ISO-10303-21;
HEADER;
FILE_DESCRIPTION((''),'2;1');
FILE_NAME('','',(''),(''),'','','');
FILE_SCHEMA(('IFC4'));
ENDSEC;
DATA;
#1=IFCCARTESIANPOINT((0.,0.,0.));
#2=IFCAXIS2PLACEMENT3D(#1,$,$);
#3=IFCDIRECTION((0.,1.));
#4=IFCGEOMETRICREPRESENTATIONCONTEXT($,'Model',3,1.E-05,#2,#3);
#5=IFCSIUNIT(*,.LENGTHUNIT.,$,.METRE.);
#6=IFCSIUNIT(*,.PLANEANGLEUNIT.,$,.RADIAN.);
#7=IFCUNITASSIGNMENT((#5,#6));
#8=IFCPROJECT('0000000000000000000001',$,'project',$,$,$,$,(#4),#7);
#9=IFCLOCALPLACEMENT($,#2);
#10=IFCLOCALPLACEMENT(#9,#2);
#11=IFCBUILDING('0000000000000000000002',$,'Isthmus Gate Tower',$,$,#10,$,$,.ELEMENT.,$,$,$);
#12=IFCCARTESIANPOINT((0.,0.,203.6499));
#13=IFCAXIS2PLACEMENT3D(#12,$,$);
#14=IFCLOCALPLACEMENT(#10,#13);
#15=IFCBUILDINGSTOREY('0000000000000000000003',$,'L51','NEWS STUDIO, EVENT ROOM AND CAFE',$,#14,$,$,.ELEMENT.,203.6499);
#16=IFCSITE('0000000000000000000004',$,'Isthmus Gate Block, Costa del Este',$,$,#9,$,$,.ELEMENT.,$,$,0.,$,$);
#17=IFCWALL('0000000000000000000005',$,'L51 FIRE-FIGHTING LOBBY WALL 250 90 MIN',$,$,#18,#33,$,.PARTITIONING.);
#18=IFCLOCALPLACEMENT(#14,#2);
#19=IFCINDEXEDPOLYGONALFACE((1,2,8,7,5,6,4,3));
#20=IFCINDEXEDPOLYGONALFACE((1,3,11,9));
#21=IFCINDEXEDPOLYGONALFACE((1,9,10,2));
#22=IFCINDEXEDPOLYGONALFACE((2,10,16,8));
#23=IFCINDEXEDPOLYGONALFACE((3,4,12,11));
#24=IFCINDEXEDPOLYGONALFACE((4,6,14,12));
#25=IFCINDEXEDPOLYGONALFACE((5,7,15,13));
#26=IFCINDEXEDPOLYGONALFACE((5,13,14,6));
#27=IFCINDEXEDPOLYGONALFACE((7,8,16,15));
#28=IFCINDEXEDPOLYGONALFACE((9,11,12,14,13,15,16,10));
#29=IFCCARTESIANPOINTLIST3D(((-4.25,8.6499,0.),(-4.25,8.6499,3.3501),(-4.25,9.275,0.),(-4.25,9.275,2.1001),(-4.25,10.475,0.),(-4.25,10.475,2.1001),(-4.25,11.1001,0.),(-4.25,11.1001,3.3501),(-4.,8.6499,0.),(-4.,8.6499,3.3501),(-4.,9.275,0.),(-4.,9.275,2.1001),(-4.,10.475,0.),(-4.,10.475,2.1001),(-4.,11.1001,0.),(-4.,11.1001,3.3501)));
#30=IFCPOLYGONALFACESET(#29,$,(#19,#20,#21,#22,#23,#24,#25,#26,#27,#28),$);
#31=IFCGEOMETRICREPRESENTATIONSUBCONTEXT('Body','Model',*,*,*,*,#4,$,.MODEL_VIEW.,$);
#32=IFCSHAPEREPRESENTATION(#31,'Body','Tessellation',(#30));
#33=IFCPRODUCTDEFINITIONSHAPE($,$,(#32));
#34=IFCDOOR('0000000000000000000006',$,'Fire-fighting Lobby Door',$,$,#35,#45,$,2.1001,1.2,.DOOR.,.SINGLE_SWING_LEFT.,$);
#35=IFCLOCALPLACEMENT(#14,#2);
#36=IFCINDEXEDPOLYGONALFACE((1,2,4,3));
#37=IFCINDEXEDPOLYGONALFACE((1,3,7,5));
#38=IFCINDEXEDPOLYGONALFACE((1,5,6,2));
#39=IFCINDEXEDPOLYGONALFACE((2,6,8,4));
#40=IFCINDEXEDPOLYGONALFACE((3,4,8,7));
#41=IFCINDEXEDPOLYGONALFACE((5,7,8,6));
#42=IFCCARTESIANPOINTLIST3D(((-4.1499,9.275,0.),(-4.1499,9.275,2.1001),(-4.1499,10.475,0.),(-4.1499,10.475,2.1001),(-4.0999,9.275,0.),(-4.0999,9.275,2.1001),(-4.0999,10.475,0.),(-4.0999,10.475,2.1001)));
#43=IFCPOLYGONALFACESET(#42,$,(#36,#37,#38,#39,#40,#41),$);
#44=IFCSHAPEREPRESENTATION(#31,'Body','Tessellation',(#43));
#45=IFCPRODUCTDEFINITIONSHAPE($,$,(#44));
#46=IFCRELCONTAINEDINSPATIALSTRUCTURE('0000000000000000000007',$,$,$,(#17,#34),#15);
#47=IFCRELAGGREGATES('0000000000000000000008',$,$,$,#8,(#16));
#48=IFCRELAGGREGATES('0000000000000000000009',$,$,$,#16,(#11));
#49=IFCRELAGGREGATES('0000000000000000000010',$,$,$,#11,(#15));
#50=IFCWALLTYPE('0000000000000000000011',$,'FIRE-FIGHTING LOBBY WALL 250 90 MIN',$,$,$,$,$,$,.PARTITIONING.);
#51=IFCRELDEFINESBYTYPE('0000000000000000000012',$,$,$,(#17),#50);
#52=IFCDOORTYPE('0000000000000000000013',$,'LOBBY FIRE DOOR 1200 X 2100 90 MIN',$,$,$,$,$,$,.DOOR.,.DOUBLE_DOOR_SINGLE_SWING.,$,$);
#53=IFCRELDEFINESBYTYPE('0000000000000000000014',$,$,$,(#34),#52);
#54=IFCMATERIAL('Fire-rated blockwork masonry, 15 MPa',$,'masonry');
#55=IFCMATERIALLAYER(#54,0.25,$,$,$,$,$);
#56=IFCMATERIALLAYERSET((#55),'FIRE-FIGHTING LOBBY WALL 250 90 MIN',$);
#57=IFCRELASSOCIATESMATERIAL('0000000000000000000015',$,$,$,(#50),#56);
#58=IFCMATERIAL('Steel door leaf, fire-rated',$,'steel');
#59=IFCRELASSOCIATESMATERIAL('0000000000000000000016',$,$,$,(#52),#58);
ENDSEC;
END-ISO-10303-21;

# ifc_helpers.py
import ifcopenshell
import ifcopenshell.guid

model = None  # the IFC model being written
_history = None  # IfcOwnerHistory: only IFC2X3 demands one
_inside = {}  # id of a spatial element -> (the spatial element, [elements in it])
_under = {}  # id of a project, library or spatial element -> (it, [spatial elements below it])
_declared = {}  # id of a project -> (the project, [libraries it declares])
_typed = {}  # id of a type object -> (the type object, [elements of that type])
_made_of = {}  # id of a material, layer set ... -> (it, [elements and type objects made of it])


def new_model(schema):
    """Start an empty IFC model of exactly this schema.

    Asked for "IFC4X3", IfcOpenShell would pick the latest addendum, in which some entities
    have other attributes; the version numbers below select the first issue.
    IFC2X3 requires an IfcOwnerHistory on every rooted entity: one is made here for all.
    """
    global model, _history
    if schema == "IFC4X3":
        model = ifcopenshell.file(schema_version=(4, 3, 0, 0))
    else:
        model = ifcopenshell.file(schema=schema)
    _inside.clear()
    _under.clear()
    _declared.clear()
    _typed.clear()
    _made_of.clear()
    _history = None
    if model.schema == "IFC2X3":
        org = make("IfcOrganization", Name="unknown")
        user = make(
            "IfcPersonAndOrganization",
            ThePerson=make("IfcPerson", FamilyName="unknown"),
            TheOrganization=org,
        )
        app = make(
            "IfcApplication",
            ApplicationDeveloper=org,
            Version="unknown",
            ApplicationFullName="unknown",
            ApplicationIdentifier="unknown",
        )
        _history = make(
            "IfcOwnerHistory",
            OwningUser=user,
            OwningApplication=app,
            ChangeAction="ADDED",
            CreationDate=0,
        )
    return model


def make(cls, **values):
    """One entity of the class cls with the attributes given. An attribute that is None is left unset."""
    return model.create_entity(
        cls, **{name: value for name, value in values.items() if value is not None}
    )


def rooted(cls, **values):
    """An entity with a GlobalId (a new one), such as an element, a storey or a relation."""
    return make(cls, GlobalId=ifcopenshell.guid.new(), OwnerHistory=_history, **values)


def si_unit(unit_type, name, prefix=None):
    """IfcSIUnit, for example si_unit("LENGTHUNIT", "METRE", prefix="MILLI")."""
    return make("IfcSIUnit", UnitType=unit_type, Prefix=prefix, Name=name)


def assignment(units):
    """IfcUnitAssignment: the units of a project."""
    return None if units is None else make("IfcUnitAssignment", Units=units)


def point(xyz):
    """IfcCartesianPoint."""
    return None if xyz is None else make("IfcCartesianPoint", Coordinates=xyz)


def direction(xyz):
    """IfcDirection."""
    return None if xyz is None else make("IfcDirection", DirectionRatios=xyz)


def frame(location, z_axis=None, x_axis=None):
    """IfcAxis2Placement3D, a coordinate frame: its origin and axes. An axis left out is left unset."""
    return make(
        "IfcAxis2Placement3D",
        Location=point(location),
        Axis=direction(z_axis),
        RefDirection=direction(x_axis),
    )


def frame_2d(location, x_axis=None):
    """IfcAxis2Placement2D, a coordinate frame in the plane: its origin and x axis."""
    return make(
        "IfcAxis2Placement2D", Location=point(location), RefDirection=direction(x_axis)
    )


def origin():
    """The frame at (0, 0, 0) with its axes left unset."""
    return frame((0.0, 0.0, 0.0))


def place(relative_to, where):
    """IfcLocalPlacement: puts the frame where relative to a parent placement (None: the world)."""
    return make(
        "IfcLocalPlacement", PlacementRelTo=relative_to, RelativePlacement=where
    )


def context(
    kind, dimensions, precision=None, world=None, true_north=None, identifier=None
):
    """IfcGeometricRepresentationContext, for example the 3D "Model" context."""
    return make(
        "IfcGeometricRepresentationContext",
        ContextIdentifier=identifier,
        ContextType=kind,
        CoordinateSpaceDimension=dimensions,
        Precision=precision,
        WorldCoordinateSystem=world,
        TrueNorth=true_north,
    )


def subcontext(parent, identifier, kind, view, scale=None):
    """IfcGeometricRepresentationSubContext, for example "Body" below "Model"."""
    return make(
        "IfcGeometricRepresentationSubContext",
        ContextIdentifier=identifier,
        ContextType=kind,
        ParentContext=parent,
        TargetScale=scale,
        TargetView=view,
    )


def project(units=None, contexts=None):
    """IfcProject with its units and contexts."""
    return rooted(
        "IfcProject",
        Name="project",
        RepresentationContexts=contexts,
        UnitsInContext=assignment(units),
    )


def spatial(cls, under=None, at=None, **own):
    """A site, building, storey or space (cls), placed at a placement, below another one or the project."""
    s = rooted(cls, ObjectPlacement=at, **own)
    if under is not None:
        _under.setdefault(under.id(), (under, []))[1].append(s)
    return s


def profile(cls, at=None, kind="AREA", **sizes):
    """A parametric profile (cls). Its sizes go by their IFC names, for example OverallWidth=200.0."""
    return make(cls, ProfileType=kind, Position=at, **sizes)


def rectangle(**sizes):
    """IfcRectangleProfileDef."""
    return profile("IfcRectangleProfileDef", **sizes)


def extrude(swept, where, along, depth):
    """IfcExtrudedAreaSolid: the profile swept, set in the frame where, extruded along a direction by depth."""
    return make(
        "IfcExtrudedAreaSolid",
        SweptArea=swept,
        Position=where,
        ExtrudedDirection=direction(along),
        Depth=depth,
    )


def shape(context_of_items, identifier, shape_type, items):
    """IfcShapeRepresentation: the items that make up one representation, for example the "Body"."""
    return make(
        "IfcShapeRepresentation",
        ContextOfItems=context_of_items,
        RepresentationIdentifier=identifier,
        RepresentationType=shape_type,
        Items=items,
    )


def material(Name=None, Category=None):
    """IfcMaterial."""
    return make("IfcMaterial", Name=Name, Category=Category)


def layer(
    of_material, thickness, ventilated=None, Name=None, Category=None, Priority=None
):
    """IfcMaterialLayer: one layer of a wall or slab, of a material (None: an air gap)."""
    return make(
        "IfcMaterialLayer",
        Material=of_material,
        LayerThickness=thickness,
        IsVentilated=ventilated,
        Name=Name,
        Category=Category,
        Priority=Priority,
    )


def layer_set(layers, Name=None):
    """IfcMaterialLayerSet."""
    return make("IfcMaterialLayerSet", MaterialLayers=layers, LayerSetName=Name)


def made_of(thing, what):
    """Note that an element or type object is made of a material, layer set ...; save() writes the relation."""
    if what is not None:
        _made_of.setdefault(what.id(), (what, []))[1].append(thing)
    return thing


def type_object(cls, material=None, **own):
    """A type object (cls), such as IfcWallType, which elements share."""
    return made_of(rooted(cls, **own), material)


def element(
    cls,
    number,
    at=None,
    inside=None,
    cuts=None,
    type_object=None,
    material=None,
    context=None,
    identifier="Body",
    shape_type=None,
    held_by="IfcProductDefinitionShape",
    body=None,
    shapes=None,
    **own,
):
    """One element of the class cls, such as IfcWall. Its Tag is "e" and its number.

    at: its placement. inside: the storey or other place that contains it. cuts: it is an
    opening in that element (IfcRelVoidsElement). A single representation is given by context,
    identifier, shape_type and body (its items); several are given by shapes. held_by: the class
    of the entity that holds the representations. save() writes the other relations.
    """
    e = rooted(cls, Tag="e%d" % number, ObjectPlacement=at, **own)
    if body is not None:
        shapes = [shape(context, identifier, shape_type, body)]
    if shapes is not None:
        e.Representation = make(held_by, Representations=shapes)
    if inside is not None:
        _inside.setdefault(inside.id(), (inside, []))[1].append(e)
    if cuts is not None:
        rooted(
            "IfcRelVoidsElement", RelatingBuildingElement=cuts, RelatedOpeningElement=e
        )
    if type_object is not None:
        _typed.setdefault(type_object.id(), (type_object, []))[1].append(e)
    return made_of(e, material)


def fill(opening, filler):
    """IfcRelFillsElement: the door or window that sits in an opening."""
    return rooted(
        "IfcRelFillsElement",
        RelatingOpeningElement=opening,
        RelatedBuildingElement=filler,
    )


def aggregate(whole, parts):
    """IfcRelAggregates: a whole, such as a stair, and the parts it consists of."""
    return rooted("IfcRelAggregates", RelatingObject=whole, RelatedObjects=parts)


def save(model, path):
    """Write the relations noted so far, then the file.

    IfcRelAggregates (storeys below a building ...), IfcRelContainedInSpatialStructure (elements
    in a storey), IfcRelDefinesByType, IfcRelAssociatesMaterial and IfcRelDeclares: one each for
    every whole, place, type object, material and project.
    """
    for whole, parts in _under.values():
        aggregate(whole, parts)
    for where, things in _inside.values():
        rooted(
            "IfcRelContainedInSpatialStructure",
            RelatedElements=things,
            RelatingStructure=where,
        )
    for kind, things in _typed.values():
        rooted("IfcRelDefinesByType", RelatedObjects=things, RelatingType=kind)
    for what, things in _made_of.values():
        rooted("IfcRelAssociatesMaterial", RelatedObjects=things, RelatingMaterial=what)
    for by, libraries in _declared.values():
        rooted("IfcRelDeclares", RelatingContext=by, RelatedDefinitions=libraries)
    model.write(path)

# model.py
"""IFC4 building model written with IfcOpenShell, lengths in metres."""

from ifc_helpers import new_model, si_unit, direction, frame, frame_2d, origin, place, context, subcontext, project, spatial, rectangle, extrude, material, layer, layer_set, type_object, element, fill, save


model = new_model("IFC4")

# Units and contexts
model_context = context("Model", 3, precision=1e-05, world=origin(), true_north=direction((0.0, 1.0)))
body_context = subcontext(model_context, "Body", "Model", "MODEL_VIEW")
ifc_project = project(units=[si_unit("LENGTHUNIT", "METRE"), si_unit("PLANEANGLEUNIT", "RADIAN")], contexts=[model_context])

# Site, building, storey
site_placement = place(None, origin())
site = spatial("IfcSite", under=ifc_project, at=site_placement, Name="Isthmus Gate Block, Costa del Este", CompositionType="ELEMENT", RefElevation=0.0)
building_placement = place(site_placement, origin())
building = spatial("IfcBuilding", under=site, at=building_placement, Name="Isthmus Gate Tower", CompositionType="ELEMENT")
storey_placement = place(building_placement, frame((0.0, 0.0, 203.6499)))
storey = spatial("IfcBuildingStorey", under=building, at=storey_placement, Name="L51", Description="NEWS STUDIO, EVENT ROOM AND CAFE", CompositionType="ELEMENT", Elevation=203.6499)

# Wall, opening, door
ifc_material_1 = material(Name="Fire-rated blockwork masonry, 15 MPa", Category="masonry")
ifc_layer_1 = layer(ifc_material_1, 0.25)
ifc_layer_set_1 = layer_set([ifc_layer_1], Name="FIRE-FIGHTING LOBBY WALL 250 90 MIN")
wall_type_1 = type_object("IfcWallType", Name="FIRE-FIGHTING LOBBY WALL 250 90 MIN", PredefinedType="PARTITIONING", material=ifc_layer_set_1)
wall_1_placement = place(storey_placement, frame((-4.125, 8.6499, 0.0), z_axis=(0.0, 0.0, 1.0), x_axis=(0.0, 1.0, 0.0)))
wall_1 = element("IfcWall", 1, at=wall_1_placement, inside=storey, type_object=wall_type_1, Name="L51 FIRE-FIGHTING LOBBY WALL 250 90 MIN", PredefinedType="PARTITIONING", context=body_context, shape_type="SweptSolid", body=[
    extrude(rectangle(XDim=2.4502, YDim=0.25, at=frame_2d((1.2251, 0.0))), origin(), (0.0, 0.0, 1.0), 3.3501),
])
opening_1_placement = place(wall_1_placement, frame((0.625, 0.0, 0.0)))
opening_1 = element("IfcOpeningElement", 2, at=opening_1_placement, cuts=wall_1, PredefinedType="OPENING", context=body_context, shape_type="SweptSolid", body=[
    extrude(rectangle(XDim=1.2, YDim=2.1001, at=frame_2d((0.6001, 1.05))), frame((0.0, 0.135, 0.0), z_axis=(0.0, -1.0, 0.0), x_axis=(1.0, 0.0, 0.0)), (0.0, 0.0, 1.0), 0.27),
])
ifc_material_2 = material(Name="Steel door leaf, fire-rated", Category="steel")
door_type_1 = type_object("IfcDoorType", Name="LOBBY FIRE DOOR 1200 X 2100 90 MIN", OperationType="DOUBLE_DOOR_SINGLE_SWING", PredefinedType="DOOR", material=ifc_material_2)
door_1_placement = place(opening_1_placement, origin())
door_1 = element("IfcDoor", 3, at=door_1_placement, inside=storey, type_object=door_type_1, Name="Fire-fighting Lobby Door", OperationType="SINGLE_SWING_LEFT", OverallHeight=2.1001, OverallWidth=1.2, PredefinedType="DOOR", context=body_context, shape_type="SweptSolid", body=[
    extrude(rectangle(XDim=1.2, YDim=2.1001, at=frame_2d((0.6001, 1.05))), frame((0.0, 0.0249, 0.0), z_axis=(0.0, -1.0, 0.0), x_axis=(1.0, 0.0, 0.0)), (0.0, 0.0, 1.0), 0.05),
])
fill(opening_1, door_1)

save(model, "model.ifc")
